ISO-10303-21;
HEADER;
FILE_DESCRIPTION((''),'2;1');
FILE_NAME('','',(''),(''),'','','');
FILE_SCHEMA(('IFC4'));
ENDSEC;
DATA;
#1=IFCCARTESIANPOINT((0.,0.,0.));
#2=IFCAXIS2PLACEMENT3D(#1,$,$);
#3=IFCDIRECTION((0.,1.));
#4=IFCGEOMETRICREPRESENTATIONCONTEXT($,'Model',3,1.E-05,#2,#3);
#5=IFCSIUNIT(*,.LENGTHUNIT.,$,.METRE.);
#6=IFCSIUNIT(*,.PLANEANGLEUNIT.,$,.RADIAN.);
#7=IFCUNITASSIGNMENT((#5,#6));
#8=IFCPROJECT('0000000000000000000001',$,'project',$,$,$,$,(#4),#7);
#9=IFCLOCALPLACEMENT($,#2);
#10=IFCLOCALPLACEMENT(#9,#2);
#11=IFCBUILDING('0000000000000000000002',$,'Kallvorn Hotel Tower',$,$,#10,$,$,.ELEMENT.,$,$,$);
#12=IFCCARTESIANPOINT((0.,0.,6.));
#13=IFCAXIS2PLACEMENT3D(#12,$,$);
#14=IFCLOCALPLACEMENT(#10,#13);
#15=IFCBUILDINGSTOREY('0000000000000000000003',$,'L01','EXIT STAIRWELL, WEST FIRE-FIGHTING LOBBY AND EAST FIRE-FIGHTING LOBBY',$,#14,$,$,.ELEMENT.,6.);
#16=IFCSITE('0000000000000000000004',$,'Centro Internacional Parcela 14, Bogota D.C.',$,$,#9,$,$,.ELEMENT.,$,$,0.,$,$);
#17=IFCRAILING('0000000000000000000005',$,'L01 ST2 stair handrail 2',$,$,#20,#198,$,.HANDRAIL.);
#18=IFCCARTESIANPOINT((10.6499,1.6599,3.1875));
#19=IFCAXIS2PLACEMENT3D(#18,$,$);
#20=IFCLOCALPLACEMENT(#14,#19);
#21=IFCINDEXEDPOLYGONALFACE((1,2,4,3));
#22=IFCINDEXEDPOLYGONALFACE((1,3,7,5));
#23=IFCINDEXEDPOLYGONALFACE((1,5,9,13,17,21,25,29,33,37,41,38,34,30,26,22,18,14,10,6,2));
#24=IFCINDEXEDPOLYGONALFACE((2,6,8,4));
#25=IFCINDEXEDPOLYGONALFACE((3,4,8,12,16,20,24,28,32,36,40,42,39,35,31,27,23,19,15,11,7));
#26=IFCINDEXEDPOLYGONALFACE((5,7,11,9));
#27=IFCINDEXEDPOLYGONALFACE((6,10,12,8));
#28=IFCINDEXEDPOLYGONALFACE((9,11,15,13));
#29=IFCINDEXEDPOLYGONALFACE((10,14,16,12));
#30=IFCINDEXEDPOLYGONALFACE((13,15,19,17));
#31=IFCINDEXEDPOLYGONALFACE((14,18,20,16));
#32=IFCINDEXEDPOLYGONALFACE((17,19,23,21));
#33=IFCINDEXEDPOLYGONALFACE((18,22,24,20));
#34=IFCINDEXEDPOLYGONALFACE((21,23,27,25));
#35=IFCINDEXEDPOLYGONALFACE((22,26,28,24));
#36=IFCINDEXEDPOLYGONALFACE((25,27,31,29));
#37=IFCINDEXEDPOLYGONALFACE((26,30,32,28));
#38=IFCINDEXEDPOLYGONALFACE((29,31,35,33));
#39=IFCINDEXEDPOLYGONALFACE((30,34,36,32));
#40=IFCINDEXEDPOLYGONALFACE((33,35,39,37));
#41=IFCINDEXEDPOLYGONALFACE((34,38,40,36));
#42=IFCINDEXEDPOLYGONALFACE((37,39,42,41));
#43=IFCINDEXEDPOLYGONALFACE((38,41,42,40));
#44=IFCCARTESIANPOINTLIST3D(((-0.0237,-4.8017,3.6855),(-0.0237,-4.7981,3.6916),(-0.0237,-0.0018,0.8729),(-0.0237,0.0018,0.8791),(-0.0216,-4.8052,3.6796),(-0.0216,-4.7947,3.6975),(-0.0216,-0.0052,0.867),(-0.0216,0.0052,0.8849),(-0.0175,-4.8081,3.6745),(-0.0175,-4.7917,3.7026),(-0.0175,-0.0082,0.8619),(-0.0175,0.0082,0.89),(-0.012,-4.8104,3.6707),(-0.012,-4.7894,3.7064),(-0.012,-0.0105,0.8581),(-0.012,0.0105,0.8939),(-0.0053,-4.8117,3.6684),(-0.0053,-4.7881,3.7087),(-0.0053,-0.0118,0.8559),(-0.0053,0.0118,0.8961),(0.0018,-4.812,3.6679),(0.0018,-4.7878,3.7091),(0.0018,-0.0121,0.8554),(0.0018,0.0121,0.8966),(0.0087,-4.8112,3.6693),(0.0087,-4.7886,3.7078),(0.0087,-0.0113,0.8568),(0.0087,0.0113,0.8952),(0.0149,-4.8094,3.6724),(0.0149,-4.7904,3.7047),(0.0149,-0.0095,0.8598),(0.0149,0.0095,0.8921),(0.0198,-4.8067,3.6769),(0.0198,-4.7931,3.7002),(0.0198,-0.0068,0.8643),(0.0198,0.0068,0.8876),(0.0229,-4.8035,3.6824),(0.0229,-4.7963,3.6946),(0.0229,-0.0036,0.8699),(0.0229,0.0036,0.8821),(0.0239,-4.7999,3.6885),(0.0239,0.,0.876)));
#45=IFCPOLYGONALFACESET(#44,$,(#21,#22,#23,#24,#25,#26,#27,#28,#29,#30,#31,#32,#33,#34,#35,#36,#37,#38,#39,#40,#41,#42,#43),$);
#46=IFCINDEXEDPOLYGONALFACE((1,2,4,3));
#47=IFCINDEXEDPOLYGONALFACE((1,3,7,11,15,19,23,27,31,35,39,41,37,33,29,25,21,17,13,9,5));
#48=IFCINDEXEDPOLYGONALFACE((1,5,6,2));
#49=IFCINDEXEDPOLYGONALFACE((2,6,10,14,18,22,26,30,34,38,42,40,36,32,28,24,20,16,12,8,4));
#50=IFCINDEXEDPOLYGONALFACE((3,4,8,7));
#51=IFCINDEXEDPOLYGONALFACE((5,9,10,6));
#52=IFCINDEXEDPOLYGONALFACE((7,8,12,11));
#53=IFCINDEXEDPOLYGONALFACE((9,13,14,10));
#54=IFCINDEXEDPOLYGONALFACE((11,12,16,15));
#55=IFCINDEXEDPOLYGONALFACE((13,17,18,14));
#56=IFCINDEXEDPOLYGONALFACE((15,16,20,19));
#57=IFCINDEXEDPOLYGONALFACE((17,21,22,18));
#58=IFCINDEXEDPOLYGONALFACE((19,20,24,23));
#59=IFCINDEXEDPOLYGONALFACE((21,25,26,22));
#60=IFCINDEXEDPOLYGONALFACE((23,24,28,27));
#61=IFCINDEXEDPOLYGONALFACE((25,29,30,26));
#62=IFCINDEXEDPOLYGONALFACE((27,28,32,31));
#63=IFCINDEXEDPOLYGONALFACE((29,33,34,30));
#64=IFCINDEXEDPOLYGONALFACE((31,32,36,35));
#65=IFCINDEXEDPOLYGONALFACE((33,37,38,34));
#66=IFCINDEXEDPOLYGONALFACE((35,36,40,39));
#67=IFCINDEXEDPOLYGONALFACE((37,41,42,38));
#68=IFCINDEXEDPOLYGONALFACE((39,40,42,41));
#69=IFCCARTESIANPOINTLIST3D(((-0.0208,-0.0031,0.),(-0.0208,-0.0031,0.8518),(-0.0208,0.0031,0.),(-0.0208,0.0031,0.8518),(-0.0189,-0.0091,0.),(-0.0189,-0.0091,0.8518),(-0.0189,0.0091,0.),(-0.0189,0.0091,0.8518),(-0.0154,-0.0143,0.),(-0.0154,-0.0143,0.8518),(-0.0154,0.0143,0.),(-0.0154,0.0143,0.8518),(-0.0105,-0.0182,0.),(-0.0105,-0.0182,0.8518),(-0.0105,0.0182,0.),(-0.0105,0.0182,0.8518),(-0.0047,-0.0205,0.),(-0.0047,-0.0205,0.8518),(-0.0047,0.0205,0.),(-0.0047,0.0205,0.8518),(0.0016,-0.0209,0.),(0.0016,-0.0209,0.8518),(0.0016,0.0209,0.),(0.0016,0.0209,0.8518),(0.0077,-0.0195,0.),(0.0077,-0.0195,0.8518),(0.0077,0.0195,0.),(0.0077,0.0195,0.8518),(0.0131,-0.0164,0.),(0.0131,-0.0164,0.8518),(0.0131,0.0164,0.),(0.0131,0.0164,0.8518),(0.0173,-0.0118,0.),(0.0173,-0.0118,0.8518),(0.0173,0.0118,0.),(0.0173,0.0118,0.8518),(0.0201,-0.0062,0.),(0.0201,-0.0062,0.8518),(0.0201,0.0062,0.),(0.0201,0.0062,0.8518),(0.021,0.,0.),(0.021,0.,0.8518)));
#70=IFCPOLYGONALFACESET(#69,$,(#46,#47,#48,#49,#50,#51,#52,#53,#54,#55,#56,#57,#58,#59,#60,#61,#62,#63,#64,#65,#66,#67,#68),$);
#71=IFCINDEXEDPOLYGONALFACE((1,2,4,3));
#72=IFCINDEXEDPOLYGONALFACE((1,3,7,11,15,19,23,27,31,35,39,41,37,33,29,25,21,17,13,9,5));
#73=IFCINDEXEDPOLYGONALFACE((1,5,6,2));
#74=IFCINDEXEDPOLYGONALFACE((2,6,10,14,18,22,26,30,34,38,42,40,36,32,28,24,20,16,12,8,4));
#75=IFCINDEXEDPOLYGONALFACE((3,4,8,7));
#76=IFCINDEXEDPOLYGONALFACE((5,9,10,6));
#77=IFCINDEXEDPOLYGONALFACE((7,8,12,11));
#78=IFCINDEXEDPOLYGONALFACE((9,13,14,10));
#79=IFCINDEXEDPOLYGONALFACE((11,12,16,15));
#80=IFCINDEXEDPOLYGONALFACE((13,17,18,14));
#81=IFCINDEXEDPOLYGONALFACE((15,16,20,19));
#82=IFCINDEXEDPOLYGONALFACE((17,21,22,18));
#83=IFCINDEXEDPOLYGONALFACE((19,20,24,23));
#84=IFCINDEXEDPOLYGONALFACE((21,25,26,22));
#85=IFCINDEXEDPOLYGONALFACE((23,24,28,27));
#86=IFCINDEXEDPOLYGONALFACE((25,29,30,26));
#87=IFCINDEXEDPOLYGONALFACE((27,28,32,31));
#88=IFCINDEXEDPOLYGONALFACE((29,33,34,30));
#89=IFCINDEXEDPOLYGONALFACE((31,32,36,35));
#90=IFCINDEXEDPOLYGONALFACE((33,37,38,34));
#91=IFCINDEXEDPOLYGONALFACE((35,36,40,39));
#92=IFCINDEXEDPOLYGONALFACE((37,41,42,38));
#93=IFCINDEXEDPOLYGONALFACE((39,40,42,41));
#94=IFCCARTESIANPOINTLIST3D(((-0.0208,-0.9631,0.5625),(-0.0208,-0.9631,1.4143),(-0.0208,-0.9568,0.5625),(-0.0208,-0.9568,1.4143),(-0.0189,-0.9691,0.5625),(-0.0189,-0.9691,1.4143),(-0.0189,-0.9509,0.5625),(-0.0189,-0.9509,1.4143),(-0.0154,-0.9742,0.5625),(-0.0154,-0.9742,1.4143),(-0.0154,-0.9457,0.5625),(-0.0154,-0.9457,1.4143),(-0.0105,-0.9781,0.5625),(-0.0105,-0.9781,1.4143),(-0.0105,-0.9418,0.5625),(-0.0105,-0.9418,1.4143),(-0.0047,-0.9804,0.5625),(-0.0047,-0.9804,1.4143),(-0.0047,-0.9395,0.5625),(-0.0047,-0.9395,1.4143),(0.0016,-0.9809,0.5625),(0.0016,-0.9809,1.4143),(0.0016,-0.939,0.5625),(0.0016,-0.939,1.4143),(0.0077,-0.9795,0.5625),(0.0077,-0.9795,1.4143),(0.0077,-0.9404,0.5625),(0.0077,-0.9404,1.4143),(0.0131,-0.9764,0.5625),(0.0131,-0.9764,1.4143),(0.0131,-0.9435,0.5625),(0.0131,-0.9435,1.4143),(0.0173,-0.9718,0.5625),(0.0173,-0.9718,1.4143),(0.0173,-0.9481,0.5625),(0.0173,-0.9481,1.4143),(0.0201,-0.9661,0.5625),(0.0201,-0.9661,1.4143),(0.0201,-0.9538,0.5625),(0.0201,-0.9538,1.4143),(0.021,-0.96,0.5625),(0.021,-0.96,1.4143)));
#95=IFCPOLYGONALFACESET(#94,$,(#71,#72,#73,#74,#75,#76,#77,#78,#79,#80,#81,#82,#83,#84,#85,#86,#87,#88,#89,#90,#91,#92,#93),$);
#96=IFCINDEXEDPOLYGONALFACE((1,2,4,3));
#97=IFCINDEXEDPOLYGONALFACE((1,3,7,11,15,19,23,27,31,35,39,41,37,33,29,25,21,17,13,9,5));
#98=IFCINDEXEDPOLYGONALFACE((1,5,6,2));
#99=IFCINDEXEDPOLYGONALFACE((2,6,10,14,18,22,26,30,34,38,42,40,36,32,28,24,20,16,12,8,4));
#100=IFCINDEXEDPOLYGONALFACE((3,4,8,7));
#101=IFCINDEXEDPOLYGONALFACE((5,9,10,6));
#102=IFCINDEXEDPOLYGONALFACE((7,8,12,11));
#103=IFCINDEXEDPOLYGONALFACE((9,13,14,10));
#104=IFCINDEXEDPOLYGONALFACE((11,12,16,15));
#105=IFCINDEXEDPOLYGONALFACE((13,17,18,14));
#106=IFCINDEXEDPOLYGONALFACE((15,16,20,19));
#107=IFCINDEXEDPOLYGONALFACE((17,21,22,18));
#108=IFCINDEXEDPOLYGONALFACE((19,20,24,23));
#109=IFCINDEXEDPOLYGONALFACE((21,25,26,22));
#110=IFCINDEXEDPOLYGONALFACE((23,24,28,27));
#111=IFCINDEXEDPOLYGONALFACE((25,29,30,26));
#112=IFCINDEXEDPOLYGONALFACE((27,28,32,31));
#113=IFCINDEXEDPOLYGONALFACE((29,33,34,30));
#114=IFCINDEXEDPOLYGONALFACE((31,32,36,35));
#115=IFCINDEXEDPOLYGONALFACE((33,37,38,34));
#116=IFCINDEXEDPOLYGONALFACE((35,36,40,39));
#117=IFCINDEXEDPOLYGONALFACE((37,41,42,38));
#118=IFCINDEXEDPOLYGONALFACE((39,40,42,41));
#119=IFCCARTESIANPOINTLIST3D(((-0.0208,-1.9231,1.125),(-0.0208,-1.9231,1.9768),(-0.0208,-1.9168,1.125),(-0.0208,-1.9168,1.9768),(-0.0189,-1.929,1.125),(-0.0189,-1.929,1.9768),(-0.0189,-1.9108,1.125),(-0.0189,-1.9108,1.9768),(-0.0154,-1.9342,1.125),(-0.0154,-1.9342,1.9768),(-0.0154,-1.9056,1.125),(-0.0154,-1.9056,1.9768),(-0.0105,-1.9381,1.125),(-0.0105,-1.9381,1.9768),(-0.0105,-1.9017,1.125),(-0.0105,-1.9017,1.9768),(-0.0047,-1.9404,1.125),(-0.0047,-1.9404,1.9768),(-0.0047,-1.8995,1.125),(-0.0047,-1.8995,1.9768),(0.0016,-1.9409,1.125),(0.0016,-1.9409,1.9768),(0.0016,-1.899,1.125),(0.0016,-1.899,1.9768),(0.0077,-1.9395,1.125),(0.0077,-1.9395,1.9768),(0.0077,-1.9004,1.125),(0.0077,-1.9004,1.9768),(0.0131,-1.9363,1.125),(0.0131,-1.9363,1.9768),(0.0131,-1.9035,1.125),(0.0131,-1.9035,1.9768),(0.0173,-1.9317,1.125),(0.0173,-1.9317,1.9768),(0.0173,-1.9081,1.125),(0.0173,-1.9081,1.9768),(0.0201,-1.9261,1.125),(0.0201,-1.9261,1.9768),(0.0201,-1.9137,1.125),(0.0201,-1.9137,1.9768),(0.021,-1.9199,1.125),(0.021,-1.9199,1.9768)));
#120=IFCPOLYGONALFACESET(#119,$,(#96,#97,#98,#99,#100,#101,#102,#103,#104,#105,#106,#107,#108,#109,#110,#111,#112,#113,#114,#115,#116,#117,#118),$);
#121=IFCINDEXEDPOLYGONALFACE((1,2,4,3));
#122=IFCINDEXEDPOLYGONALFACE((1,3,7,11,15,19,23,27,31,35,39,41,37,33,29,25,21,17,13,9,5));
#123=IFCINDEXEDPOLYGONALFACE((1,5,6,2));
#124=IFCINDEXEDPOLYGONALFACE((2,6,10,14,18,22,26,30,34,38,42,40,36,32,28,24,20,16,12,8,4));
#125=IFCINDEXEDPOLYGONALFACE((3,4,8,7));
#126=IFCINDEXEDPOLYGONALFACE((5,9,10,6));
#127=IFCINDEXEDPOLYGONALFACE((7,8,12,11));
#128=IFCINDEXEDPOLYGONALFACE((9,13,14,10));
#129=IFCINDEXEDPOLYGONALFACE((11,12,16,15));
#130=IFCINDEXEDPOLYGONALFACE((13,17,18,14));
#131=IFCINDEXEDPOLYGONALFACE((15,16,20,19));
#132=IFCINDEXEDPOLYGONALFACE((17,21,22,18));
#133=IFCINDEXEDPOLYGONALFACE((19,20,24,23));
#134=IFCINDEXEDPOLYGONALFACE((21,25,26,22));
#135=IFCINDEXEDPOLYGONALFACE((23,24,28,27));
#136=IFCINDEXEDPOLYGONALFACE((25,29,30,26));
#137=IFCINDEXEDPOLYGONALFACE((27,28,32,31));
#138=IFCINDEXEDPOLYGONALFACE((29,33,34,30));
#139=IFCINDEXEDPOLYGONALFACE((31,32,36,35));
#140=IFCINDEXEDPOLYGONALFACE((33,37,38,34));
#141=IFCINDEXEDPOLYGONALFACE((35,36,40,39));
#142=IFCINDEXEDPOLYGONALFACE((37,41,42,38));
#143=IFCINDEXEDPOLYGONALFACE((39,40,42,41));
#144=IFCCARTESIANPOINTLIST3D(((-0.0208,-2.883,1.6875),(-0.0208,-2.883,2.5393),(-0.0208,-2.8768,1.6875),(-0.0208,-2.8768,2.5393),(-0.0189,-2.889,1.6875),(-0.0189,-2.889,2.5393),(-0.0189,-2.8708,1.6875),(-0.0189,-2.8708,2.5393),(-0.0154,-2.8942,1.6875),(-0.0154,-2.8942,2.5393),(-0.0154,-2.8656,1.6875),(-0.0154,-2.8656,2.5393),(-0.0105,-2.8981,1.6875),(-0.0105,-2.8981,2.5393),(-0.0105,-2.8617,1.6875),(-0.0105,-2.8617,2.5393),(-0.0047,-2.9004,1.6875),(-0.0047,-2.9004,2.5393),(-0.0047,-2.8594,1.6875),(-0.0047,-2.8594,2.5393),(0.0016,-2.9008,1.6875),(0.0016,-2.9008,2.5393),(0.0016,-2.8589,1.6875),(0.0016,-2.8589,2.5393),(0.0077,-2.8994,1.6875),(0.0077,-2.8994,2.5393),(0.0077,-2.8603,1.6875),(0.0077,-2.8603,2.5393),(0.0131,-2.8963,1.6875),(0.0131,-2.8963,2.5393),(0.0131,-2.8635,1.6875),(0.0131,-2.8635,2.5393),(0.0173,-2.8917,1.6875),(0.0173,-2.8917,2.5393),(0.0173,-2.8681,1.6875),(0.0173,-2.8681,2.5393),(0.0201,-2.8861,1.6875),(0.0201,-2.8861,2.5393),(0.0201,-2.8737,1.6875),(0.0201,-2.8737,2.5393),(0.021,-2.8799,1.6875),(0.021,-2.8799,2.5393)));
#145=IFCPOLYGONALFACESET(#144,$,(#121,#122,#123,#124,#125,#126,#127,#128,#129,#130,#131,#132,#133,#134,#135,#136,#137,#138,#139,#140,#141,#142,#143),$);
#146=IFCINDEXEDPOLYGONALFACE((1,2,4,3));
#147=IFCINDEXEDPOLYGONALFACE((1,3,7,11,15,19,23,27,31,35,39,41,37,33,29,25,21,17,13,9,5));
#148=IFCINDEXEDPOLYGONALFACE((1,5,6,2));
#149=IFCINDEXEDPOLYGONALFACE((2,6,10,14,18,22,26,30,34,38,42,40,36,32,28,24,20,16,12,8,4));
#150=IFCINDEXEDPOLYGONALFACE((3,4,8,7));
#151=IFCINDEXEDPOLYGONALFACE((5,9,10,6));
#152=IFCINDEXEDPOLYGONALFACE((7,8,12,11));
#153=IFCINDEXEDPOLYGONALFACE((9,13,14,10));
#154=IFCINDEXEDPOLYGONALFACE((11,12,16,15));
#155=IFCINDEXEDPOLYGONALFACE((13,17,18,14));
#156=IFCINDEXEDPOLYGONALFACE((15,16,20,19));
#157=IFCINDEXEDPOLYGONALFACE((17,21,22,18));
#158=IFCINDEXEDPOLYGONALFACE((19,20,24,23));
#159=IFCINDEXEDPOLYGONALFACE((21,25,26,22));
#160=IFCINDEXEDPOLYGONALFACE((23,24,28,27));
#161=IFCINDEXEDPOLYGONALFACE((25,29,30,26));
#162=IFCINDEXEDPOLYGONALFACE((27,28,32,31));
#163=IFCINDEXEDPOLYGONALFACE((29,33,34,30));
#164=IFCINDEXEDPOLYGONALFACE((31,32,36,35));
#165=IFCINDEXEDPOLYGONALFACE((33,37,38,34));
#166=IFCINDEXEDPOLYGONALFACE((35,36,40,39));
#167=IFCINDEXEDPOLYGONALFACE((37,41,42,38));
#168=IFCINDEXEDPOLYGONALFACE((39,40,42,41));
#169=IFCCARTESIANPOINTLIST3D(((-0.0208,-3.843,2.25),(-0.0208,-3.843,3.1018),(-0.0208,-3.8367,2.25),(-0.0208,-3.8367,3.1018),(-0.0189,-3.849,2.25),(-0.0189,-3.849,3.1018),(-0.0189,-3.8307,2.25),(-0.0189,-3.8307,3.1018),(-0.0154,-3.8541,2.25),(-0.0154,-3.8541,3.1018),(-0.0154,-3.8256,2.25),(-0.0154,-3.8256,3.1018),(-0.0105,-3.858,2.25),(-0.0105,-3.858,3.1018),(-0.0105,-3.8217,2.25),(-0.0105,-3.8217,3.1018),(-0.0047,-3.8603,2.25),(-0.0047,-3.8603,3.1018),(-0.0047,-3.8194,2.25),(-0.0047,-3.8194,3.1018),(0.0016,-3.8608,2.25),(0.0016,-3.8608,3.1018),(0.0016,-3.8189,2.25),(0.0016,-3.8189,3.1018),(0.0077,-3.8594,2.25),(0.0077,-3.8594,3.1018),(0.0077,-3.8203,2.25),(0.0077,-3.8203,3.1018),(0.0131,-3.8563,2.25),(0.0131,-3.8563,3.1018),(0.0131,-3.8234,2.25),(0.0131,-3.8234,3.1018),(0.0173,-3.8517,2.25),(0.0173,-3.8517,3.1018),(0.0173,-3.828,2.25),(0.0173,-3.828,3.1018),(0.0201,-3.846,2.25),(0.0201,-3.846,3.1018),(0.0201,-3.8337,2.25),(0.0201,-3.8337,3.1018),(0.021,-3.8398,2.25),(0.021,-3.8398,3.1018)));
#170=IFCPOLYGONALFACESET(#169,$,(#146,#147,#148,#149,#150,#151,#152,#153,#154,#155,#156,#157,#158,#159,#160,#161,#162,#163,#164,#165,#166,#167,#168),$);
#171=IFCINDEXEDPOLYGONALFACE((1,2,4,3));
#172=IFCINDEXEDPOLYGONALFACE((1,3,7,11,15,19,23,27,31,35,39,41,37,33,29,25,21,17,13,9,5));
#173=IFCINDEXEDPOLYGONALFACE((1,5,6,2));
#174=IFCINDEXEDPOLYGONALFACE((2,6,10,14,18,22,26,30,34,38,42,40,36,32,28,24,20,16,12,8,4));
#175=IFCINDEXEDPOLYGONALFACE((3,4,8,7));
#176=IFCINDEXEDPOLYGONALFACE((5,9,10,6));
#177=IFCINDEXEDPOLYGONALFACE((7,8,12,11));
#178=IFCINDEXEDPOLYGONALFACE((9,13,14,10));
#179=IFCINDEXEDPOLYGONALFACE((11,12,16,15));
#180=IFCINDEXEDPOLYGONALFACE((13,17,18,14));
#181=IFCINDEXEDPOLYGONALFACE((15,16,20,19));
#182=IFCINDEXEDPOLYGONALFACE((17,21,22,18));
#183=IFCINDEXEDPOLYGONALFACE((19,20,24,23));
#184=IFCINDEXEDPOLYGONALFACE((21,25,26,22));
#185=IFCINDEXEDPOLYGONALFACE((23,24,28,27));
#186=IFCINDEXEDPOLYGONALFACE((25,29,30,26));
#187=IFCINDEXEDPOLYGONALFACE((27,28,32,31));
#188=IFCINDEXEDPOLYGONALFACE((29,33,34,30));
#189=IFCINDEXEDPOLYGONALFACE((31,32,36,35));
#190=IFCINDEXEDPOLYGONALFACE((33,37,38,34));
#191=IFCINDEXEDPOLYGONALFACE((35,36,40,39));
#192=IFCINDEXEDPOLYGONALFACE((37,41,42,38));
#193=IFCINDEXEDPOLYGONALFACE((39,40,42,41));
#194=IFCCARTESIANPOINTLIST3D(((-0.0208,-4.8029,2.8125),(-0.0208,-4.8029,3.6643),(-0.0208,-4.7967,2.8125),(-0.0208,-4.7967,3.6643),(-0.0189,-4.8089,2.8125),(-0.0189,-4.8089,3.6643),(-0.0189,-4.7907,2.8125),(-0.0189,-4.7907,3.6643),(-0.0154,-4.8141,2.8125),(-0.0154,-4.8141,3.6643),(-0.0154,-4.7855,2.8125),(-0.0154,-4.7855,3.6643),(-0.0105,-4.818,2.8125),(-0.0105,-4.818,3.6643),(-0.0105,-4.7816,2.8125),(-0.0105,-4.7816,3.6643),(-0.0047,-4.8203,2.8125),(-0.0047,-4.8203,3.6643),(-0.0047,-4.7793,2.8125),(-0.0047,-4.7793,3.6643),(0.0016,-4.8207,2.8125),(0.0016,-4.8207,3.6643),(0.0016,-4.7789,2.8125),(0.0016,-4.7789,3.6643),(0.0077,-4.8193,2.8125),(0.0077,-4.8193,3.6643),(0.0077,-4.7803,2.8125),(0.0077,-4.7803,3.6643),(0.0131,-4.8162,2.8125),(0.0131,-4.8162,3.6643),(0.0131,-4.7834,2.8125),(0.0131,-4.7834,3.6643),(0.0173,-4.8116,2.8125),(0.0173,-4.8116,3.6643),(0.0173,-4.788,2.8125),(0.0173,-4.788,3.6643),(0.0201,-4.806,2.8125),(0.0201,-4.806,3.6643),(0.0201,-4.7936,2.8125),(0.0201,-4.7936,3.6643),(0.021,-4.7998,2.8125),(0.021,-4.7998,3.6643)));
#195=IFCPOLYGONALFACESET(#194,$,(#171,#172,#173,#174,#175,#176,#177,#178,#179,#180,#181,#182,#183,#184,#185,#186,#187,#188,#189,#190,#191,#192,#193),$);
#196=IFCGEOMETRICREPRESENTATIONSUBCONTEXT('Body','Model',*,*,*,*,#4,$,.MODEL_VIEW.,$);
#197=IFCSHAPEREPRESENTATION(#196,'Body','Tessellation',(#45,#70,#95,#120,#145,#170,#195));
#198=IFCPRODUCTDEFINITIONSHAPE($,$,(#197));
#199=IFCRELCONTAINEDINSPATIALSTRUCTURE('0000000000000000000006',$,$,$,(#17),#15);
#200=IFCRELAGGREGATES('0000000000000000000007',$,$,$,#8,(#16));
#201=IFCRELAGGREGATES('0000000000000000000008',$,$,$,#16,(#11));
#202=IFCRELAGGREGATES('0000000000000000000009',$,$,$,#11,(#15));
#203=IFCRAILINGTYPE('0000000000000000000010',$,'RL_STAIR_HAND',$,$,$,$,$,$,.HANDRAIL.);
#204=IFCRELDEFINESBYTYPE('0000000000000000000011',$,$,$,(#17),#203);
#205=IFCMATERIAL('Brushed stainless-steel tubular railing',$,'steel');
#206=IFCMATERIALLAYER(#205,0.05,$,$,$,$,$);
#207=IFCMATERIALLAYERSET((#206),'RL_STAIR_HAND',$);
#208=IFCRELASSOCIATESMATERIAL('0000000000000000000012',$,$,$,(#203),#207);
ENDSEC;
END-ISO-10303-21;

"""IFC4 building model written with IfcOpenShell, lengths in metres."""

from ifc_helpers import new_model, si_unit, direction, frame, origin, origin_2d, place, context, subcontext, project, spatial, circle, extrude, material, layer, layer_set, type_object, element, save


model = new_model("IFC4")

# Units and contexts
model_context = context("Model", 3, precision=1e-05, world=origin(), true_north=direction((0.0, 1.0)))
body_context = subcontext(model_context, "Body", "Model", "MODEL_VIEW")
ifc_project = project(units=[si_unit("LENGTHUNIT", "METRE"), si_unit("PLANEANGLEUNIT", "RADIAN")], contexts=[model_context])

# Site, building, storey
site_placement = place(None, origin())
site = spatial("IfcSite", under=ifc_project, at=site_placement, Name="Centro Internacional Parcela 14, Bogota D.C.", CompositionType="ELEMENT", RefElevation=0.0)
building_placement = place(site_placement, origin())
building = spatial("IfcBuilding", under=site, at=building_placement, Name="Kallvorn Hotel Tower", CompositionType="ELEMENT")
storey_placement = place(building_placement, frame((0.0, 0.0, 6.0)))
storey = spatial("IfcBuildingStorey", under=building, at=storey_placement, Name="L01", Description="EXIT STAIRWELL, WEST FIRE-FIGHTING LOBBY AND EAST FIRE-FIGHTING LOBBY", CompositionType="ELEMENT", Elevation=6.0)

# Railing
ifc_material_1 = material(Name="Brushed stainless-steel tubular railing", Category="steel")
ifc_layer_1 = layer(ifc_material_1, 0.05)
ifc_layer_set_1 = layer_set([ifc_layer_1], Name="RL_STAIR_HAND")
railing_type_1 = type_object("IfcRailingType", Name="RL_STAIR_HAND", PredefinedType="HANDRAIL", material=ifc_layer_set_1)
railing_1_placement = place(storey_placement, frame((10.6499, 1.6599, 3.1875)))
element("IfcRailing", 1, at=railing_1_placement, inside=storey, type_object=railing_type_1, Name="L01 ST2 stair handrail 2", PredefinedType="HANDRAIL", context=body_context, shape_type="SweptSolid", body=[
    extrude(circle(Radius=0.0239, at=origin_2d()), frame((0.0, 0.0, 0.876), z_axis=(0.0, -0.86279, 0.505562), x_axis=(1.0, 0.0, 0.0)), (0.0, 0.0, 1.0), 5.5632),
    extrude(circle(Radius=0.021, at=origin_2d()), origin(), (0.0, 0.0, 1.0), 0.8518),
    extrude(circle(Radius=0.021, at=origin_2d()), frame((0.0, -0.96, 0.5625)), (0.0, 0.0, 1.0), 0.8518),
    extrude(circle(Radius=0.021, at=origin_2d()), frame((0.0, -1.9199, 1.125)), (0.0, 0.0, 1.0), 0.8518),
    extrude(circle(Radius=0.021, at=origin_2d()), frame((0.0, -2.8799, 1.6875)), (0.0, 0.0, 1.0), 0.8518),
    extrude(circle(Radius=0.021, at=origin_2d()), frame((0.0, -3.8398, 2.25)), (0.0, 0.0, 1.0), 0.8518),
    extrude(circle(Radius=0.021, at=origin_2d()), frame((0.0, -4.7998, 2.8125)), (0.0, 0.0, 1.0), 0.8518),
])

save(model, "model.ifc")
